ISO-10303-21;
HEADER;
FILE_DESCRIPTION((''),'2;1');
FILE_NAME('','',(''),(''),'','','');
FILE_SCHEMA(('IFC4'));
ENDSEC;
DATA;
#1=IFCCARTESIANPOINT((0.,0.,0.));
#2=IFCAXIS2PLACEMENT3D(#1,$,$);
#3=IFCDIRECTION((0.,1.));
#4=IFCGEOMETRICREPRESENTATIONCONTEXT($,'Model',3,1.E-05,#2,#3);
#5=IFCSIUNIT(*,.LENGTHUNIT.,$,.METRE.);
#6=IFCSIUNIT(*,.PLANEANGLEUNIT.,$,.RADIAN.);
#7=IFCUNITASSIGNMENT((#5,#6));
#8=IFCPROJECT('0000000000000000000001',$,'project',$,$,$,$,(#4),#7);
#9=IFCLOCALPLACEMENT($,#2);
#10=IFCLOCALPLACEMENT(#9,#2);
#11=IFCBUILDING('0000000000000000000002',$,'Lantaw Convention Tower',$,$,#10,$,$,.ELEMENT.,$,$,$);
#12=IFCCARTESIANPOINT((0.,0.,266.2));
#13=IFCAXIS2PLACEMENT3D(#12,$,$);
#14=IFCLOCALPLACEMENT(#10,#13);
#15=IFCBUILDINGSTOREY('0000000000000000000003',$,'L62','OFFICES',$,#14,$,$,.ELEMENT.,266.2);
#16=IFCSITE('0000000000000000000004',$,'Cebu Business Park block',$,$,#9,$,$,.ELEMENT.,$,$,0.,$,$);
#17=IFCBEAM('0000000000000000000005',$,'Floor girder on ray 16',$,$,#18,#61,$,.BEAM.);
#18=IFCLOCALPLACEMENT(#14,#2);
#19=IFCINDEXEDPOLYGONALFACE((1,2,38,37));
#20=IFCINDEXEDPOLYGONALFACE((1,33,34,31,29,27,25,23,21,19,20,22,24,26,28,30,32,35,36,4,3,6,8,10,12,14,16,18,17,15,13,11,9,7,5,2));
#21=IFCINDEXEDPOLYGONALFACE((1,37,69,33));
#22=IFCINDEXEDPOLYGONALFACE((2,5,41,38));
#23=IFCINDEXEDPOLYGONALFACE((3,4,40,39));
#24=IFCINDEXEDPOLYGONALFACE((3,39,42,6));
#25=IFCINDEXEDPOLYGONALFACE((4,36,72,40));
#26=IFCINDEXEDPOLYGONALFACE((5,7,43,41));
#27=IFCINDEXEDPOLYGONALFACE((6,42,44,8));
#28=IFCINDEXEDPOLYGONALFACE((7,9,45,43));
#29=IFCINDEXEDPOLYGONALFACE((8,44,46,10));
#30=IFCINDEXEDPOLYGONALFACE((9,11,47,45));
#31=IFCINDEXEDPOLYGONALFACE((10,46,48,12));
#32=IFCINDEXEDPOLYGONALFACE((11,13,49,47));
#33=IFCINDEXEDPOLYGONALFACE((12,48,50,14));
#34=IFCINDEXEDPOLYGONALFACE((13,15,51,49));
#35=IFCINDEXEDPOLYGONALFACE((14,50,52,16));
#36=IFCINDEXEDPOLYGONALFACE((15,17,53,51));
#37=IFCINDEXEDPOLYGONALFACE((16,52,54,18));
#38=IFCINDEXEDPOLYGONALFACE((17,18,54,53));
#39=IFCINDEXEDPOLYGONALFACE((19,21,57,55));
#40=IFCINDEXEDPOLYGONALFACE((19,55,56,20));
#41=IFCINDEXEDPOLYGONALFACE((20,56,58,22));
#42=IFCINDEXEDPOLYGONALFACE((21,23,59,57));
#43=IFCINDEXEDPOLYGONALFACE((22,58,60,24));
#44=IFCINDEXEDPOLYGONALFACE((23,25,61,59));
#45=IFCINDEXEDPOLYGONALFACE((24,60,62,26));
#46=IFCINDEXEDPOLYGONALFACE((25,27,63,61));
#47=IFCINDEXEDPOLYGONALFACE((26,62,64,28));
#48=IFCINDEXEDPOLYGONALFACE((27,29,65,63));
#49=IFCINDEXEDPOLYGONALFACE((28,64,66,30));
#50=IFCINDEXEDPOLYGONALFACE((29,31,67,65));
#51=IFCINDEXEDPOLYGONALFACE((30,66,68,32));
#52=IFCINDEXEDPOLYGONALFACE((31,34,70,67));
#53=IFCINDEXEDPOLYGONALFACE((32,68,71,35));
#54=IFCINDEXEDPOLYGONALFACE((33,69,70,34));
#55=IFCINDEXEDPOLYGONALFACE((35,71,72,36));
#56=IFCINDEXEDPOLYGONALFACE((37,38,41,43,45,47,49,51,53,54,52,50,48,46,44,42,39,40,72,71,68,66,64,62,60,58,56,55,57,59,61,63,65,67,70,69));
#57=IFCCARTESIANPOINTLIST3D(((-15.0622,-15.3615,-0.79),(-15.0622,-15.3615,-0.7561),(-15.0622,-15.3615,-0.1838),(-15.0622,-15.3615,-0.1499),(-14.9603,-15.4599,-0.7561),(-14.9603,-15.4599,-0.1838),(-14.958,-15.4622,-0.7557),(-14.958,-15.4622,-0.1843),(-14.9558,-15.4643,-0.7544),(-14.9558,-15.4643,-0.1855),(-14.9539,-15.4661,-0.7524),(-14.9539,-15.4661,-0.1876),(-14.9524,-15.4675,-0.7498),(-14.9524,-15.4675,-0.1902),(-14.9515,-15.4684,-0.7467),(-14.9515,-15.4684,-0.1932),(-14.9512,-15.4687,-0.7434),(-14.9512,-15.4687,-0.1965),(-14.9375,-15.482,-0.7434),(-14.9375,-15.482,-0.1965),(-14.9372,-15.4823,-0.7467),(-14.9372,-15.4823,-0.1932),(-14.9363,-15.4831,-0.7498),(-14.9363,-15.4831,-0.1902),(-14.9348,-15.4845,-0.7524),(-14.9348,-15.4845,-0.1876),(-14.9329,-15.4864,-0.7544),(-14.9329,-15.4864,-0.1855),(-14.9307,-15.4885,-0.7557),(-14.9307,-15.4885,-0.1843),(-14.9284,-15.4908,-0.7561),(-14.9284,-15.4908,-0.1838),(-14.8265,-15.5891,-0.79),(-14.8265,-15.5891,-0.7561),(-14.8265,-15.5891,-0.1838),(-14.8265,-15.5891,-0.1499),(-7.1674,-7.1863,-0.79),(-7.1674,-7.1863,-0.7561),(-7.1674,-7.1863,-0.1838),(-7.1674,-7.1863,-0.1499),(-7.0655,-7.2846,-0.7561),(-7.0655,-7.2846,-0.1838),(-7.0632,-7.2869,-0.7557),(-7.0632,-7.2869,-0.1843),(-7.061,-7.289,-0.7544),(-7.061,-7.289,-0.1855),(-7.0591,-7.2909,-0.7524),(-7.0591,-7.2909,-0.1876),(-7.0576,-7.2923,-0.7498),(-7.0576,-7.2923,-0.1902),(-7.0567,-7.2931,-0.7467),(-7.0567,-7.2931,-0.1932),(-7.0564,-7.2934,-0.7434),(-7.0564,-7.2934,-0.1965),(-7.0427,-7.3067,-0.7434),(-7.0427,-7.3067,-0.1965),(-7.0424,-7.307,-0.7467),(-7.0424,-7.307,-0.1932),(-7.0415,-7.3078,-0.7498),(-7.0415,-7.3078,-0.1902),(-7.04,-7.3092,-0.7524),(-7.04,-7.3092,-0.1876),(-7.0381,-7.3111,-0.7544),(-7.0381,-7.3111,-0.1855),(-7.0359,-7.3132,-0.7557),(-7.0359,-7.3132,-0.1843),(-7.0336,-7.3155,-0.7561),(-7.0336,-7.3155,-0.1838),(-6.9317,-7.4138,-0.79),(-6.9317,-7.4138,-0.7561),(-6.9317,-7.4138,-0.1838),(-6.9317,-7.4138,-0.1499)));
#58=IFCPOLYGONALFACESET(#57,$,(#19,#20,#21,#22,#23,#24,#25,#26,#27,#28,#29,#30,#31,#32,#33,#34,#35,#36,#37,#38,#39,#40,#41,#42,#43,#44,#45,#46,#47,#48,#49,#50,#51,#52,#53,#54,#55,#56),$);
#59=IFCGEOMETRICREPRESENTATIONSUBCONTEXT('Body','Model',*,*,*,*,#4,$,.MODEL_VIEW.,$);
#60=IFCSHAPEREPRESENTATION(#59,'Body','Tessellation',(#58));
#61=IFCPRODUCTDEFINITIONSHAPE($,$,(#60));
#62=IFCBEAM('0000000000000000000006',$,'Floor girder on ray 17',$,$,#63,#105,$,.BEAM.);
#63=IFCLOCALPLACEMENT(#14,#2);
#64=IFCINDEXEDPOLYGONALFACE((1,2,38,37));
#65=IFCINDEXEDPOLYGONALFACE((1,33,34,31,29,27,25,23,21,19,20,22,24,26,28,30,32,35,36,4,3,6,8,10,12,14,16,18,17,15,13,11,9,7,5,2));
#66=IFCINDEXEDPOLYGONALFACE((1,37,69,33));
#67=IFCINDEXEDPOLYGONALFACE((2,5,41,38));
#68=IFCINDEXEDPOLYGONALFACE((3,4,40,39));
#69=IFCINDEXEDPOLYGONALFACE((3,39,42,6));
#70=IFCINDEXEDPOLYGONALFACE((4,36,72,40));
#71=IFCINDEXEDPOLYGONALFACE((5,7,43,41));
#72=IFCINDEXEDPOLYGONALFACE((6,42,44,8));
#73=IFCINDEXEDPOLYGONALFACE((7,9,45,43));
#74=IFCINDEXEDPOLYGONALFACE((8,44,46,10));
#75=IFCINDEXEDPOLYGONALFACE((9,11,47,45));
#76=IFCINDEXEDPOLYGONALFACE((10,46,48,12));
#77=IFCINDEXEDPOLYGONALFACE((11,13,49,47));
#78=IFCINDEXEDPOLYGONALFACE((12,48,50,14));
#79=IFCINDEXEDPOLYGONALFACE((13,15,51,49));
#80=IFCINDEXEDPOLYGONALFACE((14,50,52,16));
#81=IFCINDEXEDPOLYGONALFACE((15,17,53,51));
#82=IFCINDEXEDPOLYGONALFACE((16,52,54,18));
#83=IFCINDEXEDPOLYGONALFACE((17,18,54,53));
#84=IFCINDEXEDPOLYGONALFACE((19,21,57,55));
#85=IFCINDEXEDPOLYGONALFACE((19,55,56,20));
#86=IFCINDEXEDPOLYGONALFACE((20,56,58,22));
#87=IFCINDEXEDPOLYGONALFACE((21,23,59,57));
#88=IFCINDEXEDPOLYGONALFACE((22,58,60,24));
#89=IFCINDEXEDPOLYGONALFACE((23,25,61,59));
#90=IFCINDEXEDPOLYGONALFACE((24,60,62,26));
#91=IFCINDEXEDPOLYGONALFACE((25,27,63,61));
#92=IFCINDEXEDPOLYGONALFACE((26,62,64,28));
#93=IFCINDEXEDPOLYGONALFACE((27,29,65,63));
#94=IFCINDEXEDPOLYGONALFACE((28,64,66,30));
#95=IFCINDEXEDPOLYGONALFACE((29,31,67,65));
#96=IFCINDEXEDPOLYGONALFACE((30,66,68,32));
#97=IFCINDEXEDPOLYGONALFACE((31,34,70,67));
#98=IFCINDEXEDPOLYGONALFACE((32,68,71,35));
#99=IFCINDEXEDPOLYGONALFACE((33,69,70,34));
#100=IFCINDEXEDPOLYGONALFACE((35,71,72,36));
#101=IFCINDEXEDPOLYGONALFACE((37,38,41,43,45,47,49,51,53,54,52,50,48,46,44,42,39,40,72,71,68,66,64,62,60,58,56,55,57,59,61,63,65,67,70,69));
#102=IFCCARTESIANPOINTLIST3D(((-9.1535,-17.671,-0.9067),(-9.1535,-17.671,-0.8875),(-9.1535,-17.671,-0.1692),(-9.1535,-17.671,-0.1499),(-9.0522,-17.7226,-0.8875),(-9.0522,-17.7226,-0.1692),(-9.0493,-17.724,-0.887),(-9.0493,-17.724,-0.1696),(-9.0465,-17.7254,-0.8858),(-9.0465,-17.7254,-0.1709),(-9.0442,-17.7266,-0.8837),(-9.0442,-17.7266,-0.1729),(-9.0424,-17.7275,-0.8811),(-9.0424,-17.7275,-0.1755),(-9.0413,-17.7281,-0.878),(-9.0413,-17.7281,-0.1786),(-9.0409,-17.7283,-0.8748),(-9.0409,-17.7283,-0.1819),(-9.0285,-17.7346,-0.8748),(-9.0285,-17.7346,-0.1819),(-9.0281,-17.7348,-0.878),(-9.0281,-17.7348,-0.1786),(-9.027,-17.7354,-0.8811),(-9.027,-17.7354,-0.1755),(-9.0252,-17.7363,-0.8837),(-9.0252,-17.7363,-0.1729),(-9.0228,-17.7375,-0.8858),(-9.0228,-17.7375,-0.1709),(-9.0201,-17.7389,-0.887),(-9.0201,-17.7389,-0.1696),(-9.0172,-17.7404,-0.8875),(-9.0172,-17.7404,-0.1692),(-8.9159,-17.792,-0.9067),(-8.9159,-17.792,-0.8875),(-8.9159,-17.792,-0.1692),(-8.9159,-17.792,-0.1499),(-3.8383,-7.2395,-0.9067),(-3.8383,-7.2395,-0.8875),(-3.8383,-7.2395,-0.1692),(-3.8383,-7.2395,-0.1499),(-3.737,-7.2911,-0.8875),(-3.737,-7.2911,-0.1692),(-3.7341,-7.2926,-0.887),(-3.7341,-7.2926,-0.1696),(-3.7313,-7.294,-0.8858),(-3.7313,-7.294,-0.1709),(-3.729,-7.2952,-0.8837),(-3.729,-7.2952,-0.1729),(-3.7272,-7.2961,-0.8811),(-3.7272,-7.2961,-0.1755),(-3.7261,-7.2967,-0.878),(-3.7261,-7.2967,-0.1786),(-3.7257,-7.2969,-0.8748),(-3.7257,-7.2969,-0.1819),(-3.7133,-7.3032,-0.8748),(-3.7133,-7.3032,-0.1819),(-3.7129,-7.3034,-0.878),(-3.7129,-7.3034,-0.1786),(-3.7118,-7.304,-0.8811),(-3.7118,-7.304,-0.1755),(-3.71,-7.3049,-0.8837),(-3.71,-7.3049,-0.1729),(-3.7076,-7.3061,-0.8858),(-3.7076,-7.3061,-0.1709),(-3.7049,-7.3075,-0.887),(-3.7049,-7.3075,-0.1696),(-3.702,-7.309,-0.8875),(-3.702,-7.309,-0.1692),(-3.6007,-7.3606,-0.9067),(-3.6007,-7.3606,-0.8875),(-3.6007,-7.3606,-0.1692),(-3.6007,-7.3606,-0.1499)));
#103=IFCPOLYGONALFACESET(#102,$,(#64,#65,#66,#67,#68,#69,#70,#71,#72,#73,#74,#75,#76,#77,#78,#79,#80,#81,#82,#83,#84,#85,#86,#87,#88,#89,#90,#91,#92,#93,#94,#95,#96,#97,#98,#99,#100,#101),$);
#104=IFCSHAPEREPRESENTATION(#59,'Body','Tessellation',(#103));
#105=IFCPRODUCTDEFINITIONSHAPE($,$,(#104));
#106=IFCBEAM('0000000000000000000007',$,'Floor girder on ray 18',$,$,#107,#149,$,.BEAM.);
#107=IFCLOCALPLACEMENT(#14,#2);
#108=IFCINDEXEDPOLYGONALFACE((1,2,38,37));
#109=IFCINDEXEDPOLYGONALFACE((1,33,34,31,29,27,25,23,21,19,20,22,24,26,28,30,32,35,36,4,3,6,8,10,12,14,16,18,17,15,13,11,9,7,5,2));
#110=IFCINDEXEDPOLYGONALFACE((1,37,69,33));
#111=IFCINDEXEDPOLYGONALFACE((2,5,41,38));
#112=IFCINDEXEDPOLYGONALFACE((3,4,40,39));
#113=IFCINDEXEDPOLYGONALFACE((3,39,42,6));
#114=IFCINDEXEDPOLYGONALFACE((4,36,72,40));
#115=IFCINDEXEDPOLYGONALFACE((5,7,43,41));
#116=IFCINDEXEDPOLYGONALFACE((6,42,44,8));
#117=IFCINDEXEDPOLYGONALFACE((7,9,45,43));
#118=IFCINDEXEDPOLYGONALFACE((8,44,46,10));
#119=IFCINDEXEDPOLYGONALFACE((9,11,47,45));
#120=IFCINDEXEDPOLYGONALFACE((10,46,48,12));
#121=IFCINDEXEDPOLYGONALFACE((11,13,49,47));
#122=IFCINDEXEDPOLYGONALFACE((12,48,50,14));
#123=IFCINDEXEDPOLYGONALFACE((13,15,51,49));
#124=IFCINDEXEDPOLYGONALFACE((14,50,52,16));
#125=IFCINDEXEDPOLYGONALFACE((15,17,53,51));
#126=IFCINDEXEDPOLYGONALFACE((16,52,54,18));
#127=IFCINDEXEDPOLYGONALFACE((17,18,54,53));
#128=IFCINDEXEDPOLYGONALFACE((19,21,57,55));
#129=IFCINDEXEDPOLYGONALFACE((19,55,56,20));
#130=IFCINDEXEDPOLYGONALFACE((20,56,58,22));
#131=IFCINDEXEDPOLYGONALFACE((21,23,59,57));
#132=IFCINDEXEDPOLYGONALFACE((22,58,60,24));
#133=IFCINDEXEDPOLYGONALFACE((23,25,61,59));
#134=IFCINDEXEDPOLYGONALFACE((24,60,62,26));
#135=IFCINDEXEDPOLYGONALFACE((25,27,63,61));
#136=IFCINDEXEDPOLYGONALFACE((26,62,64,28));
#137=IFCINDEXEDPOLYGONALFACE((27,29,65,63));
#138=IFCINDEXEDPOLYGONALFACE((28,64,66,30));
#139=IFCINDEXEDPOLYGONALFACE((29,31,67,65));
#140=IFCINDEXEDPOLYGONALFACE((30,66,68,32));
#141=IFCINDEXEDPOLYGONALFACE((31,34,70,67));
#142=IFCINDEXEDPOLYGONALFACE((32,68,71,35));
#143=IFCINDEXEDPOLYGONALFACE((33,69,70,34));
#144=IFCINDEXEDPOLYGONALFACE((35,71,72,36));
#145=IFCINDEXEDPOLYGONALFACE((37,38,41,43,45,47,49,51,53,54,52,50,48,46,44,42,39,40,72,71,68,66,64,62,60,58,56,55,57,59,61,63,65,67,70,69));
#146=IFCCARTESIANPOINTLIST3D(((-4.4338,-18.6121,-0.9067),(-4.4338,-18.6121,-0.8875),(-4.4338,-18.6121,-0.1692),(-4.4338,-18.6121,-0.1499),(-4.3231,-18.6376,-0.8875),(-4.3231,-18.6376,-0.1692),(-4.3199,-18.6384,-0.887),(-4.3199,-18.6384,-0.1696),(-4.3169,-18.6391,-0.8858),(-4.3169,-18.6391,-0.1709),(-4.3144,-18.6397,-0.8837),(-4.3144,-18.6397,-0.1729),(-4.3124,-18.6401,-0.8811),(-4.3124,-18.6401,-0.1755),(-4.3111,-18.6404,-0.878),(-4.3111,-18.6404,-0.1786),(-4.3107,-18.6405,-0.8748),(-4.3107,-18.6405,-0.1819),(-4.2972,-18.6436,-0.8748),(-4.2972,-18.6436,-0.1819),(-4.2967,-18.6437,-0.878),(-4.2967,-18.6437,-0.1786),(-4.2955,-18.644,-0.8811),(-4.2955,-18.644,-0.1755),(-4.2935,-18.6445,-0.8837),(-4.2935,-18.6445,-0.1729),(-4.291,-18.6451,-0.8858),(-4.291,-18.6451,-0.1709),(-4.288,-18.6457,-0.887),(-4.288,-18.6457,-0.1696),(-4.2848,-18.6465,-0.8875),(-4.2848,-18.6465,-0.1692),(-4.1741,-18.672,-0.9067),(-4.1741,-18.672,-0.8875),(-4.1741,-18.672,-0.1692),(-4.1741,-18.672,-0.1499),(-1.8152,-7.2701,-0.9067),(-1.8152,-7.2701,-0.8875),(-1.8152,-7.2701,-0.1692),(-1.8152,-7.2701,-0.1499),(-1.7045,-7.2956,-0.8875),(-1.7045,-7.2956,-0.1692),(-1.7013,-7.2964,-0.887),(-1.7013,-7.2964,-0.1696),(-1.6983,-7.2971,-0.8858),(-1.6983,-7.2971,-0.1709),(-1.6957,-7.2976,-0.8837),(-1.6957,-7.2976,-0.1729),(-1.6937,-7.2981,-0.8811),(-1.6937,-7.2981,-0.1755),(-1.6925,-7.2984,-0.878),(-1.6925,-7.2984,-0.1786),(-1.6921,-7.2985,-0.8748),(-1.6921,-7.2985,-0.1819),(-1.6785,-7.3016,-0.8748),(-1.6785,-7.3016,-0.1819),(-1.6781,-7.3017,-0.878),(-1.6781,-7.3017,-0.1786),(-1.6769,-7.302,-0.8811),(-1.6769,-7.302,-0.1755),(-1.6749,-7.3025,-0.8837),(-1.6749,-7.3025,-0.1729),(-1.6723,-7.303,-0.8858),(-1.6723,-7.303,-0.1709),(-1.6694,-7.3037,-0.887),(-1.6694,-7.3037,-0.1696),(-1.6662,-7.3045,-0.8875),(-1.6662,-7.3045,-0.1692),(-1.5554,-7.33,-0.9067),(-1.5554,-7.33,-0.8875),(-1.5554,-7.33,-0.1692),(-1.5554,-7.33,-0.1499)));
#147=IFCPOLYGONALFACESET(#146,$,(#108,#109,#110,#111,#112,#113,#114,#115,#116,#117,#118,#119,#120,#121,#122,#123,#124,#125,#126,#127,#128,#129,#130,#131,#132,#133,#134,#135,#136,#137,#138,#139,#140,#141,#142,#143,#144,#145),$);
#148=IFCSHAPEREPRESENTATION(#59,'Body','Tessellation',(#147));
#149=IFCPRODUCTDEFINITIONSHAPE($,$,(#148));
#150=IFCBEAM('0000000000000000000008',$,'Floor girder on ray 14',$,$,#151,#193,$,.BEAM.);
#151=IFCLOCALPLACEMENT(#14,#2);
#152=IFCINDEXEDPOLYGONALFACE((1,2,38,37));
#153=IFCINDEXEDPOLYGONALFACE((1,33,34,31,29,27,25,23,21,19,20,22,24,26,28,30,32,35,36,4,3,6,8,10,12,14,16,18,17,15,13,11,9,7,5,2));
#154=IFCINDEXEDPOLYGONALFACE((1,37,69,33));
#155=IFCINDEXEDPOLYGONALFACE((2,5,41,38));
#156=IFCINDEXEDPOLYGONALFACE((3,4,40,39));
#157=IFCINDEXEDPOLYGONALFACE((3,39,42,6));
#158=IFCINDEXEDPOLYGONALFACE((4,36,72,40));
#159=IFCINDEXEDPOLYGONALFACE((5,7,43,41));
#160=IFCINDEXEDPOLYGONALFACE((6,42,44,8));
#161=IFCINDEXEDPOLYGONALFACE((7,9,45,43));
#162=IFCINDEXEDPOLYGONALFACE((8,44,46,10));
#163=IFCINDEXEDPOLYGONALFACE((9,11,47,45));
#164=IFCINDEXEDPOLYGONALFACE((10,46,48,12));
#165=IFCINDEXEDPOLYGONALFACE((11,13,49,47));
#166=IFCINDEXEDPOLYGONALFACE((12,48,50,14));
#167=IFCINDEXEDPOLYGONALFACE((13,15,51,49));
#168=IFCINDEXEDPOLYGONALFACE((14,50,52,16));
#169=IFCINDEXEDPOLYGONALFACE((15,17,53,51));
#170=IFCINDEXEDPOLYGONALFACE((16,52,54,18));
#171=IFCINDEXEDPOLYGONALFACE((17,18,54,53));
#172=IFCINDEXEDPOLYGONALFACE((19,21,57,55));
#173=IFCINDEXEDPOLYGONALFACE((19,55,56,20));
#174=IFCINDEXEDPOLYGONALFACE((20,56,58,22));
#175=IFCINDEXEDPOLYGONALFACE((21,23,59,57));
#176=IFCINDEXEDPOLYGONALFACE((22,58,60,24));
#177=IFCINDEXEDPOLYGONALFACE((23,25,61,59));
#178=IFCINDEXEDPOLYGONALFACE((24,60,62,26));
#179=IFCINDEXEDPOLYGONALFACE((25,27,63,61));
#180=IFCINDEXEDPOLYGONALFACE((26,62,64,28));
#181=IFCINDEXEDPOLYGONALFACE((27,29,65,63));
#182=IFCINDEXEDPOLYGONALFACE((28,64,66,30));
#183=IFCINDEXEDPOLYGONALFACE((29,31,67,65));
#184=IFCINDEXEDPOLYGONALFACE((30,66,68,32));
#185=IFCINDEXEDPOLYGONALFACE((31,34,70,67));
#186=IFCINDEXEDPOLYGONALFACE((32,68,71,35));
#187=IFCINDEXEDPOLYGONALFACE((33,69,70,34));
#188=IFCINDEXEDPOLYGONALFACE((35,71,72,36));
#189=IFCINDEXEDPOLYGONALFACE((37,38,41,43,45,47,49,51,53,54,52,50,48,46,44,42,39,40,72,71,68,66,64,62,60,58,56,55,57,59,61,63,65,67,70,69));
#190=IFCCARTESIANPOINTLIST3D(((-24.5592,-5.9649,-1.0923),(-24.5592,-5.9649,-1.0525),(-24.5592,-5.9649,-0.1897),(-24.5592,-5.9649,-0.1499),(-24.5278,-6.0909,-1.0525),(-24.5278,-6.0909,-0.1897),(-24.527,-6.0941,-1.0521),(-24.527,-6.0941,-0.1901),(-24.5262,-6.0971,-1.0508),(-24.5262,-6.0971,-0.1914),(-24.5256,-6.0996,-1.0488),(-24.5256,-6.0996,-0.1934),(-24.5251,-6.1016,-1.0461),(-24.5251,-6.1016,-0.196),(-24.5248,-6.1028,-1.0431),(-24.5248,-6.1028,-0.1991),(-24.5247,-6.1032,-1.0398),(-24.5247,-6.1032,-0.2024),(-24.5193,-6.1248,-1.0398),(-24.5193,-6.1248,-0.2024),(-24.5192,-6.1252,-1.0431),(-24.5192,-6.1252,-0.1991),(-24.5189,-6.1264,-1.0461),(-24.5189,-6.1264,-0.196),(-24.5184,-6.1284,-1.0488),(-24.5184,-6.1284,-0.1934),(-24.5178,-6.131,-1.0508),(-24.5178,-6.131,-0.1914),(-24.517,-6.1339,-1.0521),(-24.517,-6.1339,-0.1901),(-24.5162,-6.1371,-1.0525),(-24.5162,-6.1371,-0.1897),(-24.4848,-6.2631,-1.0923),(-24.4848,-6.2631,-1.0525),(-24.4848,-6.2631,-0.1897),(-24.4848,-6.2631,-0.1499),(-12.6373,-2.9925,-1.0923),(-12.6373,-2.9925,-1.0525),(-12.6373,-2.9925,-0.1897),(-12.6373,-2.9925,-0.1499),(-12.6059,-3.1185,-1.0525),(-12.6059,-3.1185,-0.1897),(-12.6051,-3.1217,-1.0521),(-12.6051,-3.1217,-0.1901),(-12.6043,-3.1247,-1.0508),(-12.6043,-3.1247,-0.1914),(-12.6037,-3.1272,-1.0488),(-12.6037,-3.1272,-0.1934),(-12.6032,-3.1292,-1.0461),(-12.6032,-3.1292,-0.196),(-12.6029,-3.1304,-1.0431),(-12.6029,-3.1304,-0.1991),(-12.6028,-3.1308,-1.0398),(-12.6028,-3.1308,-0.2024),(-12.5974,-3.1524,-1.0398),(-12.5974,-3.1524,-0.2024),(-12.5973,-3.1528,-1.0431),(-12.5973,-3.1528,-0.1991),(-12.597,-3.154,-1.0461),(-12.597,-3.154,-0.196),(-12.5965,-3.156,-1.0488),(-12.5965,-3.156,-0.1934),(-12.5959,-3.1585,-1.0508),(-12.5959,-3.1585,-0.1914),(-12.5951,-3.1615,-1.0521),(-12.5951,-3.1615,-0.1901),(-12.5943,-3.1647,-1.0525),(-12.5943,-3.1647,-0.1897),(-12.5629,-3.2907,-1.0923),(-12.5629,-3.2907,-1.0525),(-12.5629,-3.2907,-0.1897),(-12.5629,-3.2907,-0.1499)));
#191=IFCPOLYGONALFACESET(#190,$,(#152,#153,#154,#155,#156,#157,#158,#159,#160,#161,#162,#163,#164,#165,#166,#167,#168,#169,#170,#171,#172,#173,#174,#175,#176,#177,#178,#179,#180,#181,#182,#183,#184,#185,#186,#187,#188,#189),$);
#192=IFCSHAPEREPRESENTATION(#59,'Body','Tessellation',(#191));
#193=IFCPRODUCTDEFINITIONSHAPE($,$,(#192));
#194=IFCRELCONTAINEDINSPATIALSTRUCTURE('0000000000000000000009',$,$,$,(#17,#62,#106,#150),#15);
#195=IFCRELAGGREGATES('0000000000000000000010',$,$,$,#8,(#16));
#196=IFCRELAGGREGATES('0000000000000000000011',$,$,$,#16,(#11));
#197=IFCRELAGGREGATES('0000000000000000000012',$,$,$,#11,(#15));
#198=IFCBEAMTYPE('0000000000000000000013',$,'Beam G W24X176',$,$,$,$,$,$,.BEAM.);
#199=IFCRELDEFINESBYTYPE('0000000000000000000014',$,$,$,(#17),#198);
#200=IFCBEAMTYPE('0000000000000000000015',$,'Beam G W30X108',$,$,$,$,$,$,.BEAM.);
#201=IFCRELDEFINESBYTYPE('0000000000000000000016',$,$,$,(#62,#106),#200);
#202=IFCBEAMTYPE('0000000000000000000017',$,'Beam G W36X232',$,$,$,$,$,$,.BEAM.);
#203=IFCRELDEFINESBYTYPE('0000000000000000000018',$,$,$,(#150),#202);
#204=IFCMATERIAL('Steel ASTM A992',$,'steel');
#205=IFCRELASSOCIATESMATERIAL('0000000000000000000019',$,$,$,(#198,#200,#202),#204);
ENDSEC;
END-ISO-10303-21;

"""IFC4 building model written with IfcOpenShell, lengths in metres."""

from ifc_helpers import new_model, si_unit, direction, frame, origin, origin_2d, place, context, subcontext, project, spatial, i_section, extrude, material, material_profile, profile_set, type_object, element, save


model = new_model("IFC4")

# Units and contexts
model_context = context("Model", 3, precision=1e-05, world=origin(), true_north=direction((0.0, 1.0)))
body_context = subcontext(model_context, "Body", "Model", "MODEL_VIEW")
ifc_project = project(units=[si_unit("LENGTHUNIT", "METRE"), si_unit("PLANEANGLEUNIT", "RADIAN")], contexts=[model_context])

# Site, building, storey
site_placement = place(None, origin())
site = spatial("IfcSite", under=ifc_project, at=site_placement, Name="Cebu Business Park block", CompositionType="ELEMENT", RefElevation=0.0)
building_placement = place(site_placement, origin())
building = spatial("IfcBuilding", under=site, at=building_placement, Name="Lantaw Convention Tower", CompositionType="ELEMENT")
storey_placement = place(building_placement, frame((0.0, 0.0, 266.2)))
storey = spatial("IfcBuildingStorey", under=building, at=storey_placement, Name="L62", Description="OFFICES", CompositionType="ELEMENT", Elevation=266.2)

# Beams
ifc_material_1 = material(Name="Steel ASTM A992", Category="steel")
ifc_material_profile_1 = material_profile(ifc_material_1, i_section(OverallWidth=0.3276, OverallDepth=0.6401, WebThickness=0.019, FlangeThickness=0.0339, FilletRadius=0.0127, at=origin_2d()), Name="W24X176")
ifc_profile_set_1 = profile_set([ifc_material_profile_1], Name="Steel ASTM A992")
beam_type_1 = type_object("IfcBeamType", Name="Beam G W24X176", PredefinedType="BEAM", material=ifc_profile_set_1)
beam_1_placement = place(storey_placement, frame((-7.0496, -7.3, -0.47), z_axis=(-0.694658, -0.71934, 0.0), x_axis=(0.71934, -0.694658, 0.0)))
element("IfcBeam", 1, at=beam_1_placement, inside=storey, type_object=beam_type_1, Name="Floor girder on ray 16", PredefinedType="BEAM", context=body_context, shape_type="SweptSolid", body=[
    extrude(i_section(OverallWidth=0.3276, OverallDepth=0.6401, WebThickness=0.019, FlangeThickness=0.0339, FilletRadius=0.0127, at=origin_2d()), origin(), (0.0, 0.0, 1.0), 11.365),
])
ifc_material_profile_2 = material_profile(ifc_material_1, i_section(OverallWidth=0.2666, OverallDepth=0.7568, WebThickness=0.0139, FlangeThickness=0.0193, FilletRadius=0.0127, at=origin_2d()), Name="W30X108")
ifc_profile_set_2 = profile_set([ifc_material_profile_2], Name="Steel ASTM A992")
beam_type_2 = type_object("IfcBeamType", Name="Beam G W30X108", PredefinedType="BEAM", material=ifc_profile_set_2)
beam_2_placement = place(storey_placement, frame((-3.7195, -7.3, -0.5283), z_axis=(-0.453999, -0.891002, 0.0), x_axis=(0.891002, -0.453999, 0.0)))
element("IfcBeam", 2, at=beam_2_placement, inside=storey, type_object=beam_type_2, Name="Floor girder on ray 17", PredefinedType="BEAM", context=body_context, shape_type="SweptSolid", body=[
    extrude(i_section(OverallWidth=0.2666, OverallDepth=0.7568, WebThickness=0.0139, FlangeThickness=0.0193, FilletRadius=0.0127, at=origin_2d()), origin(), (0.0, 0.0, 1.0), 11.7075),
])
beam_3_placement = place(storey_placement, frame((-1.6853, -7.3, -0.5283), z_axis=(-0.224962, -0.974368, 0.0), x_axis=(0.974368, -0.224962, 0.0)))
element("IfcBeam", 3, at=beam_3_placement, inside=storey, type_object=beam_type_2, Name="Floor girder on ray 18", PredefinedType="BEAM", context=body_context, shape_type="SweptSolid", body=[
    extrude(i_section(OverallWidth=0.2666, OverallDepth=0.7568, WebThickness=0.0139, FlangeThickness=0.0193, FilletRadius=0.0127, at=origin_2d()), origin(), (0.0, 0.0, 1.0), 11.6404),
])
ifc_material_profile_3 = material_profile(ifc_material_1, i_section(OverallWidth=0.3074, OverallDepth=0.9424, WebThickness=0.0222, FlangeThickness=0.0398, FilletRadius=0.0127, at=origin_2d()), Name="W36X232")
ifc_profile_set_3 = profile_set([ifc_material_profile_3], Name="Steel ASTM A992")
beam_type_3 = type_object("IfcBeamType", Name="Beam G W36X232", PredefinedType="BEAM", material=ifc_profile_set_3)
beam_4_placement = place(storey_placement, frame((-12.6001, -3.1416, -0.6211), z_axis=(-0.970297, -0.241918, 0.0), x_axis=(0.241918, -0.970297, 0.0)))
element("IfcBeam", 4, at=beam_4_placement, inside=storey, type_object=beam_type_3, Name="Floor girder on ray 14", PredefinedType="BEAM", context=body_context, shape_type="SweptSolid", body=[
    extrude(i_section(OverallWidth=0.3074, OverallDepth=0.9424, WebThickness=0.0222, FlangeThickness=0.0398, FilletRadius=0.0127, at=origin_2d()), origin(), (0.0, 0.0, 1.0), 12.2869),
])

save(model, "model.ifc")
